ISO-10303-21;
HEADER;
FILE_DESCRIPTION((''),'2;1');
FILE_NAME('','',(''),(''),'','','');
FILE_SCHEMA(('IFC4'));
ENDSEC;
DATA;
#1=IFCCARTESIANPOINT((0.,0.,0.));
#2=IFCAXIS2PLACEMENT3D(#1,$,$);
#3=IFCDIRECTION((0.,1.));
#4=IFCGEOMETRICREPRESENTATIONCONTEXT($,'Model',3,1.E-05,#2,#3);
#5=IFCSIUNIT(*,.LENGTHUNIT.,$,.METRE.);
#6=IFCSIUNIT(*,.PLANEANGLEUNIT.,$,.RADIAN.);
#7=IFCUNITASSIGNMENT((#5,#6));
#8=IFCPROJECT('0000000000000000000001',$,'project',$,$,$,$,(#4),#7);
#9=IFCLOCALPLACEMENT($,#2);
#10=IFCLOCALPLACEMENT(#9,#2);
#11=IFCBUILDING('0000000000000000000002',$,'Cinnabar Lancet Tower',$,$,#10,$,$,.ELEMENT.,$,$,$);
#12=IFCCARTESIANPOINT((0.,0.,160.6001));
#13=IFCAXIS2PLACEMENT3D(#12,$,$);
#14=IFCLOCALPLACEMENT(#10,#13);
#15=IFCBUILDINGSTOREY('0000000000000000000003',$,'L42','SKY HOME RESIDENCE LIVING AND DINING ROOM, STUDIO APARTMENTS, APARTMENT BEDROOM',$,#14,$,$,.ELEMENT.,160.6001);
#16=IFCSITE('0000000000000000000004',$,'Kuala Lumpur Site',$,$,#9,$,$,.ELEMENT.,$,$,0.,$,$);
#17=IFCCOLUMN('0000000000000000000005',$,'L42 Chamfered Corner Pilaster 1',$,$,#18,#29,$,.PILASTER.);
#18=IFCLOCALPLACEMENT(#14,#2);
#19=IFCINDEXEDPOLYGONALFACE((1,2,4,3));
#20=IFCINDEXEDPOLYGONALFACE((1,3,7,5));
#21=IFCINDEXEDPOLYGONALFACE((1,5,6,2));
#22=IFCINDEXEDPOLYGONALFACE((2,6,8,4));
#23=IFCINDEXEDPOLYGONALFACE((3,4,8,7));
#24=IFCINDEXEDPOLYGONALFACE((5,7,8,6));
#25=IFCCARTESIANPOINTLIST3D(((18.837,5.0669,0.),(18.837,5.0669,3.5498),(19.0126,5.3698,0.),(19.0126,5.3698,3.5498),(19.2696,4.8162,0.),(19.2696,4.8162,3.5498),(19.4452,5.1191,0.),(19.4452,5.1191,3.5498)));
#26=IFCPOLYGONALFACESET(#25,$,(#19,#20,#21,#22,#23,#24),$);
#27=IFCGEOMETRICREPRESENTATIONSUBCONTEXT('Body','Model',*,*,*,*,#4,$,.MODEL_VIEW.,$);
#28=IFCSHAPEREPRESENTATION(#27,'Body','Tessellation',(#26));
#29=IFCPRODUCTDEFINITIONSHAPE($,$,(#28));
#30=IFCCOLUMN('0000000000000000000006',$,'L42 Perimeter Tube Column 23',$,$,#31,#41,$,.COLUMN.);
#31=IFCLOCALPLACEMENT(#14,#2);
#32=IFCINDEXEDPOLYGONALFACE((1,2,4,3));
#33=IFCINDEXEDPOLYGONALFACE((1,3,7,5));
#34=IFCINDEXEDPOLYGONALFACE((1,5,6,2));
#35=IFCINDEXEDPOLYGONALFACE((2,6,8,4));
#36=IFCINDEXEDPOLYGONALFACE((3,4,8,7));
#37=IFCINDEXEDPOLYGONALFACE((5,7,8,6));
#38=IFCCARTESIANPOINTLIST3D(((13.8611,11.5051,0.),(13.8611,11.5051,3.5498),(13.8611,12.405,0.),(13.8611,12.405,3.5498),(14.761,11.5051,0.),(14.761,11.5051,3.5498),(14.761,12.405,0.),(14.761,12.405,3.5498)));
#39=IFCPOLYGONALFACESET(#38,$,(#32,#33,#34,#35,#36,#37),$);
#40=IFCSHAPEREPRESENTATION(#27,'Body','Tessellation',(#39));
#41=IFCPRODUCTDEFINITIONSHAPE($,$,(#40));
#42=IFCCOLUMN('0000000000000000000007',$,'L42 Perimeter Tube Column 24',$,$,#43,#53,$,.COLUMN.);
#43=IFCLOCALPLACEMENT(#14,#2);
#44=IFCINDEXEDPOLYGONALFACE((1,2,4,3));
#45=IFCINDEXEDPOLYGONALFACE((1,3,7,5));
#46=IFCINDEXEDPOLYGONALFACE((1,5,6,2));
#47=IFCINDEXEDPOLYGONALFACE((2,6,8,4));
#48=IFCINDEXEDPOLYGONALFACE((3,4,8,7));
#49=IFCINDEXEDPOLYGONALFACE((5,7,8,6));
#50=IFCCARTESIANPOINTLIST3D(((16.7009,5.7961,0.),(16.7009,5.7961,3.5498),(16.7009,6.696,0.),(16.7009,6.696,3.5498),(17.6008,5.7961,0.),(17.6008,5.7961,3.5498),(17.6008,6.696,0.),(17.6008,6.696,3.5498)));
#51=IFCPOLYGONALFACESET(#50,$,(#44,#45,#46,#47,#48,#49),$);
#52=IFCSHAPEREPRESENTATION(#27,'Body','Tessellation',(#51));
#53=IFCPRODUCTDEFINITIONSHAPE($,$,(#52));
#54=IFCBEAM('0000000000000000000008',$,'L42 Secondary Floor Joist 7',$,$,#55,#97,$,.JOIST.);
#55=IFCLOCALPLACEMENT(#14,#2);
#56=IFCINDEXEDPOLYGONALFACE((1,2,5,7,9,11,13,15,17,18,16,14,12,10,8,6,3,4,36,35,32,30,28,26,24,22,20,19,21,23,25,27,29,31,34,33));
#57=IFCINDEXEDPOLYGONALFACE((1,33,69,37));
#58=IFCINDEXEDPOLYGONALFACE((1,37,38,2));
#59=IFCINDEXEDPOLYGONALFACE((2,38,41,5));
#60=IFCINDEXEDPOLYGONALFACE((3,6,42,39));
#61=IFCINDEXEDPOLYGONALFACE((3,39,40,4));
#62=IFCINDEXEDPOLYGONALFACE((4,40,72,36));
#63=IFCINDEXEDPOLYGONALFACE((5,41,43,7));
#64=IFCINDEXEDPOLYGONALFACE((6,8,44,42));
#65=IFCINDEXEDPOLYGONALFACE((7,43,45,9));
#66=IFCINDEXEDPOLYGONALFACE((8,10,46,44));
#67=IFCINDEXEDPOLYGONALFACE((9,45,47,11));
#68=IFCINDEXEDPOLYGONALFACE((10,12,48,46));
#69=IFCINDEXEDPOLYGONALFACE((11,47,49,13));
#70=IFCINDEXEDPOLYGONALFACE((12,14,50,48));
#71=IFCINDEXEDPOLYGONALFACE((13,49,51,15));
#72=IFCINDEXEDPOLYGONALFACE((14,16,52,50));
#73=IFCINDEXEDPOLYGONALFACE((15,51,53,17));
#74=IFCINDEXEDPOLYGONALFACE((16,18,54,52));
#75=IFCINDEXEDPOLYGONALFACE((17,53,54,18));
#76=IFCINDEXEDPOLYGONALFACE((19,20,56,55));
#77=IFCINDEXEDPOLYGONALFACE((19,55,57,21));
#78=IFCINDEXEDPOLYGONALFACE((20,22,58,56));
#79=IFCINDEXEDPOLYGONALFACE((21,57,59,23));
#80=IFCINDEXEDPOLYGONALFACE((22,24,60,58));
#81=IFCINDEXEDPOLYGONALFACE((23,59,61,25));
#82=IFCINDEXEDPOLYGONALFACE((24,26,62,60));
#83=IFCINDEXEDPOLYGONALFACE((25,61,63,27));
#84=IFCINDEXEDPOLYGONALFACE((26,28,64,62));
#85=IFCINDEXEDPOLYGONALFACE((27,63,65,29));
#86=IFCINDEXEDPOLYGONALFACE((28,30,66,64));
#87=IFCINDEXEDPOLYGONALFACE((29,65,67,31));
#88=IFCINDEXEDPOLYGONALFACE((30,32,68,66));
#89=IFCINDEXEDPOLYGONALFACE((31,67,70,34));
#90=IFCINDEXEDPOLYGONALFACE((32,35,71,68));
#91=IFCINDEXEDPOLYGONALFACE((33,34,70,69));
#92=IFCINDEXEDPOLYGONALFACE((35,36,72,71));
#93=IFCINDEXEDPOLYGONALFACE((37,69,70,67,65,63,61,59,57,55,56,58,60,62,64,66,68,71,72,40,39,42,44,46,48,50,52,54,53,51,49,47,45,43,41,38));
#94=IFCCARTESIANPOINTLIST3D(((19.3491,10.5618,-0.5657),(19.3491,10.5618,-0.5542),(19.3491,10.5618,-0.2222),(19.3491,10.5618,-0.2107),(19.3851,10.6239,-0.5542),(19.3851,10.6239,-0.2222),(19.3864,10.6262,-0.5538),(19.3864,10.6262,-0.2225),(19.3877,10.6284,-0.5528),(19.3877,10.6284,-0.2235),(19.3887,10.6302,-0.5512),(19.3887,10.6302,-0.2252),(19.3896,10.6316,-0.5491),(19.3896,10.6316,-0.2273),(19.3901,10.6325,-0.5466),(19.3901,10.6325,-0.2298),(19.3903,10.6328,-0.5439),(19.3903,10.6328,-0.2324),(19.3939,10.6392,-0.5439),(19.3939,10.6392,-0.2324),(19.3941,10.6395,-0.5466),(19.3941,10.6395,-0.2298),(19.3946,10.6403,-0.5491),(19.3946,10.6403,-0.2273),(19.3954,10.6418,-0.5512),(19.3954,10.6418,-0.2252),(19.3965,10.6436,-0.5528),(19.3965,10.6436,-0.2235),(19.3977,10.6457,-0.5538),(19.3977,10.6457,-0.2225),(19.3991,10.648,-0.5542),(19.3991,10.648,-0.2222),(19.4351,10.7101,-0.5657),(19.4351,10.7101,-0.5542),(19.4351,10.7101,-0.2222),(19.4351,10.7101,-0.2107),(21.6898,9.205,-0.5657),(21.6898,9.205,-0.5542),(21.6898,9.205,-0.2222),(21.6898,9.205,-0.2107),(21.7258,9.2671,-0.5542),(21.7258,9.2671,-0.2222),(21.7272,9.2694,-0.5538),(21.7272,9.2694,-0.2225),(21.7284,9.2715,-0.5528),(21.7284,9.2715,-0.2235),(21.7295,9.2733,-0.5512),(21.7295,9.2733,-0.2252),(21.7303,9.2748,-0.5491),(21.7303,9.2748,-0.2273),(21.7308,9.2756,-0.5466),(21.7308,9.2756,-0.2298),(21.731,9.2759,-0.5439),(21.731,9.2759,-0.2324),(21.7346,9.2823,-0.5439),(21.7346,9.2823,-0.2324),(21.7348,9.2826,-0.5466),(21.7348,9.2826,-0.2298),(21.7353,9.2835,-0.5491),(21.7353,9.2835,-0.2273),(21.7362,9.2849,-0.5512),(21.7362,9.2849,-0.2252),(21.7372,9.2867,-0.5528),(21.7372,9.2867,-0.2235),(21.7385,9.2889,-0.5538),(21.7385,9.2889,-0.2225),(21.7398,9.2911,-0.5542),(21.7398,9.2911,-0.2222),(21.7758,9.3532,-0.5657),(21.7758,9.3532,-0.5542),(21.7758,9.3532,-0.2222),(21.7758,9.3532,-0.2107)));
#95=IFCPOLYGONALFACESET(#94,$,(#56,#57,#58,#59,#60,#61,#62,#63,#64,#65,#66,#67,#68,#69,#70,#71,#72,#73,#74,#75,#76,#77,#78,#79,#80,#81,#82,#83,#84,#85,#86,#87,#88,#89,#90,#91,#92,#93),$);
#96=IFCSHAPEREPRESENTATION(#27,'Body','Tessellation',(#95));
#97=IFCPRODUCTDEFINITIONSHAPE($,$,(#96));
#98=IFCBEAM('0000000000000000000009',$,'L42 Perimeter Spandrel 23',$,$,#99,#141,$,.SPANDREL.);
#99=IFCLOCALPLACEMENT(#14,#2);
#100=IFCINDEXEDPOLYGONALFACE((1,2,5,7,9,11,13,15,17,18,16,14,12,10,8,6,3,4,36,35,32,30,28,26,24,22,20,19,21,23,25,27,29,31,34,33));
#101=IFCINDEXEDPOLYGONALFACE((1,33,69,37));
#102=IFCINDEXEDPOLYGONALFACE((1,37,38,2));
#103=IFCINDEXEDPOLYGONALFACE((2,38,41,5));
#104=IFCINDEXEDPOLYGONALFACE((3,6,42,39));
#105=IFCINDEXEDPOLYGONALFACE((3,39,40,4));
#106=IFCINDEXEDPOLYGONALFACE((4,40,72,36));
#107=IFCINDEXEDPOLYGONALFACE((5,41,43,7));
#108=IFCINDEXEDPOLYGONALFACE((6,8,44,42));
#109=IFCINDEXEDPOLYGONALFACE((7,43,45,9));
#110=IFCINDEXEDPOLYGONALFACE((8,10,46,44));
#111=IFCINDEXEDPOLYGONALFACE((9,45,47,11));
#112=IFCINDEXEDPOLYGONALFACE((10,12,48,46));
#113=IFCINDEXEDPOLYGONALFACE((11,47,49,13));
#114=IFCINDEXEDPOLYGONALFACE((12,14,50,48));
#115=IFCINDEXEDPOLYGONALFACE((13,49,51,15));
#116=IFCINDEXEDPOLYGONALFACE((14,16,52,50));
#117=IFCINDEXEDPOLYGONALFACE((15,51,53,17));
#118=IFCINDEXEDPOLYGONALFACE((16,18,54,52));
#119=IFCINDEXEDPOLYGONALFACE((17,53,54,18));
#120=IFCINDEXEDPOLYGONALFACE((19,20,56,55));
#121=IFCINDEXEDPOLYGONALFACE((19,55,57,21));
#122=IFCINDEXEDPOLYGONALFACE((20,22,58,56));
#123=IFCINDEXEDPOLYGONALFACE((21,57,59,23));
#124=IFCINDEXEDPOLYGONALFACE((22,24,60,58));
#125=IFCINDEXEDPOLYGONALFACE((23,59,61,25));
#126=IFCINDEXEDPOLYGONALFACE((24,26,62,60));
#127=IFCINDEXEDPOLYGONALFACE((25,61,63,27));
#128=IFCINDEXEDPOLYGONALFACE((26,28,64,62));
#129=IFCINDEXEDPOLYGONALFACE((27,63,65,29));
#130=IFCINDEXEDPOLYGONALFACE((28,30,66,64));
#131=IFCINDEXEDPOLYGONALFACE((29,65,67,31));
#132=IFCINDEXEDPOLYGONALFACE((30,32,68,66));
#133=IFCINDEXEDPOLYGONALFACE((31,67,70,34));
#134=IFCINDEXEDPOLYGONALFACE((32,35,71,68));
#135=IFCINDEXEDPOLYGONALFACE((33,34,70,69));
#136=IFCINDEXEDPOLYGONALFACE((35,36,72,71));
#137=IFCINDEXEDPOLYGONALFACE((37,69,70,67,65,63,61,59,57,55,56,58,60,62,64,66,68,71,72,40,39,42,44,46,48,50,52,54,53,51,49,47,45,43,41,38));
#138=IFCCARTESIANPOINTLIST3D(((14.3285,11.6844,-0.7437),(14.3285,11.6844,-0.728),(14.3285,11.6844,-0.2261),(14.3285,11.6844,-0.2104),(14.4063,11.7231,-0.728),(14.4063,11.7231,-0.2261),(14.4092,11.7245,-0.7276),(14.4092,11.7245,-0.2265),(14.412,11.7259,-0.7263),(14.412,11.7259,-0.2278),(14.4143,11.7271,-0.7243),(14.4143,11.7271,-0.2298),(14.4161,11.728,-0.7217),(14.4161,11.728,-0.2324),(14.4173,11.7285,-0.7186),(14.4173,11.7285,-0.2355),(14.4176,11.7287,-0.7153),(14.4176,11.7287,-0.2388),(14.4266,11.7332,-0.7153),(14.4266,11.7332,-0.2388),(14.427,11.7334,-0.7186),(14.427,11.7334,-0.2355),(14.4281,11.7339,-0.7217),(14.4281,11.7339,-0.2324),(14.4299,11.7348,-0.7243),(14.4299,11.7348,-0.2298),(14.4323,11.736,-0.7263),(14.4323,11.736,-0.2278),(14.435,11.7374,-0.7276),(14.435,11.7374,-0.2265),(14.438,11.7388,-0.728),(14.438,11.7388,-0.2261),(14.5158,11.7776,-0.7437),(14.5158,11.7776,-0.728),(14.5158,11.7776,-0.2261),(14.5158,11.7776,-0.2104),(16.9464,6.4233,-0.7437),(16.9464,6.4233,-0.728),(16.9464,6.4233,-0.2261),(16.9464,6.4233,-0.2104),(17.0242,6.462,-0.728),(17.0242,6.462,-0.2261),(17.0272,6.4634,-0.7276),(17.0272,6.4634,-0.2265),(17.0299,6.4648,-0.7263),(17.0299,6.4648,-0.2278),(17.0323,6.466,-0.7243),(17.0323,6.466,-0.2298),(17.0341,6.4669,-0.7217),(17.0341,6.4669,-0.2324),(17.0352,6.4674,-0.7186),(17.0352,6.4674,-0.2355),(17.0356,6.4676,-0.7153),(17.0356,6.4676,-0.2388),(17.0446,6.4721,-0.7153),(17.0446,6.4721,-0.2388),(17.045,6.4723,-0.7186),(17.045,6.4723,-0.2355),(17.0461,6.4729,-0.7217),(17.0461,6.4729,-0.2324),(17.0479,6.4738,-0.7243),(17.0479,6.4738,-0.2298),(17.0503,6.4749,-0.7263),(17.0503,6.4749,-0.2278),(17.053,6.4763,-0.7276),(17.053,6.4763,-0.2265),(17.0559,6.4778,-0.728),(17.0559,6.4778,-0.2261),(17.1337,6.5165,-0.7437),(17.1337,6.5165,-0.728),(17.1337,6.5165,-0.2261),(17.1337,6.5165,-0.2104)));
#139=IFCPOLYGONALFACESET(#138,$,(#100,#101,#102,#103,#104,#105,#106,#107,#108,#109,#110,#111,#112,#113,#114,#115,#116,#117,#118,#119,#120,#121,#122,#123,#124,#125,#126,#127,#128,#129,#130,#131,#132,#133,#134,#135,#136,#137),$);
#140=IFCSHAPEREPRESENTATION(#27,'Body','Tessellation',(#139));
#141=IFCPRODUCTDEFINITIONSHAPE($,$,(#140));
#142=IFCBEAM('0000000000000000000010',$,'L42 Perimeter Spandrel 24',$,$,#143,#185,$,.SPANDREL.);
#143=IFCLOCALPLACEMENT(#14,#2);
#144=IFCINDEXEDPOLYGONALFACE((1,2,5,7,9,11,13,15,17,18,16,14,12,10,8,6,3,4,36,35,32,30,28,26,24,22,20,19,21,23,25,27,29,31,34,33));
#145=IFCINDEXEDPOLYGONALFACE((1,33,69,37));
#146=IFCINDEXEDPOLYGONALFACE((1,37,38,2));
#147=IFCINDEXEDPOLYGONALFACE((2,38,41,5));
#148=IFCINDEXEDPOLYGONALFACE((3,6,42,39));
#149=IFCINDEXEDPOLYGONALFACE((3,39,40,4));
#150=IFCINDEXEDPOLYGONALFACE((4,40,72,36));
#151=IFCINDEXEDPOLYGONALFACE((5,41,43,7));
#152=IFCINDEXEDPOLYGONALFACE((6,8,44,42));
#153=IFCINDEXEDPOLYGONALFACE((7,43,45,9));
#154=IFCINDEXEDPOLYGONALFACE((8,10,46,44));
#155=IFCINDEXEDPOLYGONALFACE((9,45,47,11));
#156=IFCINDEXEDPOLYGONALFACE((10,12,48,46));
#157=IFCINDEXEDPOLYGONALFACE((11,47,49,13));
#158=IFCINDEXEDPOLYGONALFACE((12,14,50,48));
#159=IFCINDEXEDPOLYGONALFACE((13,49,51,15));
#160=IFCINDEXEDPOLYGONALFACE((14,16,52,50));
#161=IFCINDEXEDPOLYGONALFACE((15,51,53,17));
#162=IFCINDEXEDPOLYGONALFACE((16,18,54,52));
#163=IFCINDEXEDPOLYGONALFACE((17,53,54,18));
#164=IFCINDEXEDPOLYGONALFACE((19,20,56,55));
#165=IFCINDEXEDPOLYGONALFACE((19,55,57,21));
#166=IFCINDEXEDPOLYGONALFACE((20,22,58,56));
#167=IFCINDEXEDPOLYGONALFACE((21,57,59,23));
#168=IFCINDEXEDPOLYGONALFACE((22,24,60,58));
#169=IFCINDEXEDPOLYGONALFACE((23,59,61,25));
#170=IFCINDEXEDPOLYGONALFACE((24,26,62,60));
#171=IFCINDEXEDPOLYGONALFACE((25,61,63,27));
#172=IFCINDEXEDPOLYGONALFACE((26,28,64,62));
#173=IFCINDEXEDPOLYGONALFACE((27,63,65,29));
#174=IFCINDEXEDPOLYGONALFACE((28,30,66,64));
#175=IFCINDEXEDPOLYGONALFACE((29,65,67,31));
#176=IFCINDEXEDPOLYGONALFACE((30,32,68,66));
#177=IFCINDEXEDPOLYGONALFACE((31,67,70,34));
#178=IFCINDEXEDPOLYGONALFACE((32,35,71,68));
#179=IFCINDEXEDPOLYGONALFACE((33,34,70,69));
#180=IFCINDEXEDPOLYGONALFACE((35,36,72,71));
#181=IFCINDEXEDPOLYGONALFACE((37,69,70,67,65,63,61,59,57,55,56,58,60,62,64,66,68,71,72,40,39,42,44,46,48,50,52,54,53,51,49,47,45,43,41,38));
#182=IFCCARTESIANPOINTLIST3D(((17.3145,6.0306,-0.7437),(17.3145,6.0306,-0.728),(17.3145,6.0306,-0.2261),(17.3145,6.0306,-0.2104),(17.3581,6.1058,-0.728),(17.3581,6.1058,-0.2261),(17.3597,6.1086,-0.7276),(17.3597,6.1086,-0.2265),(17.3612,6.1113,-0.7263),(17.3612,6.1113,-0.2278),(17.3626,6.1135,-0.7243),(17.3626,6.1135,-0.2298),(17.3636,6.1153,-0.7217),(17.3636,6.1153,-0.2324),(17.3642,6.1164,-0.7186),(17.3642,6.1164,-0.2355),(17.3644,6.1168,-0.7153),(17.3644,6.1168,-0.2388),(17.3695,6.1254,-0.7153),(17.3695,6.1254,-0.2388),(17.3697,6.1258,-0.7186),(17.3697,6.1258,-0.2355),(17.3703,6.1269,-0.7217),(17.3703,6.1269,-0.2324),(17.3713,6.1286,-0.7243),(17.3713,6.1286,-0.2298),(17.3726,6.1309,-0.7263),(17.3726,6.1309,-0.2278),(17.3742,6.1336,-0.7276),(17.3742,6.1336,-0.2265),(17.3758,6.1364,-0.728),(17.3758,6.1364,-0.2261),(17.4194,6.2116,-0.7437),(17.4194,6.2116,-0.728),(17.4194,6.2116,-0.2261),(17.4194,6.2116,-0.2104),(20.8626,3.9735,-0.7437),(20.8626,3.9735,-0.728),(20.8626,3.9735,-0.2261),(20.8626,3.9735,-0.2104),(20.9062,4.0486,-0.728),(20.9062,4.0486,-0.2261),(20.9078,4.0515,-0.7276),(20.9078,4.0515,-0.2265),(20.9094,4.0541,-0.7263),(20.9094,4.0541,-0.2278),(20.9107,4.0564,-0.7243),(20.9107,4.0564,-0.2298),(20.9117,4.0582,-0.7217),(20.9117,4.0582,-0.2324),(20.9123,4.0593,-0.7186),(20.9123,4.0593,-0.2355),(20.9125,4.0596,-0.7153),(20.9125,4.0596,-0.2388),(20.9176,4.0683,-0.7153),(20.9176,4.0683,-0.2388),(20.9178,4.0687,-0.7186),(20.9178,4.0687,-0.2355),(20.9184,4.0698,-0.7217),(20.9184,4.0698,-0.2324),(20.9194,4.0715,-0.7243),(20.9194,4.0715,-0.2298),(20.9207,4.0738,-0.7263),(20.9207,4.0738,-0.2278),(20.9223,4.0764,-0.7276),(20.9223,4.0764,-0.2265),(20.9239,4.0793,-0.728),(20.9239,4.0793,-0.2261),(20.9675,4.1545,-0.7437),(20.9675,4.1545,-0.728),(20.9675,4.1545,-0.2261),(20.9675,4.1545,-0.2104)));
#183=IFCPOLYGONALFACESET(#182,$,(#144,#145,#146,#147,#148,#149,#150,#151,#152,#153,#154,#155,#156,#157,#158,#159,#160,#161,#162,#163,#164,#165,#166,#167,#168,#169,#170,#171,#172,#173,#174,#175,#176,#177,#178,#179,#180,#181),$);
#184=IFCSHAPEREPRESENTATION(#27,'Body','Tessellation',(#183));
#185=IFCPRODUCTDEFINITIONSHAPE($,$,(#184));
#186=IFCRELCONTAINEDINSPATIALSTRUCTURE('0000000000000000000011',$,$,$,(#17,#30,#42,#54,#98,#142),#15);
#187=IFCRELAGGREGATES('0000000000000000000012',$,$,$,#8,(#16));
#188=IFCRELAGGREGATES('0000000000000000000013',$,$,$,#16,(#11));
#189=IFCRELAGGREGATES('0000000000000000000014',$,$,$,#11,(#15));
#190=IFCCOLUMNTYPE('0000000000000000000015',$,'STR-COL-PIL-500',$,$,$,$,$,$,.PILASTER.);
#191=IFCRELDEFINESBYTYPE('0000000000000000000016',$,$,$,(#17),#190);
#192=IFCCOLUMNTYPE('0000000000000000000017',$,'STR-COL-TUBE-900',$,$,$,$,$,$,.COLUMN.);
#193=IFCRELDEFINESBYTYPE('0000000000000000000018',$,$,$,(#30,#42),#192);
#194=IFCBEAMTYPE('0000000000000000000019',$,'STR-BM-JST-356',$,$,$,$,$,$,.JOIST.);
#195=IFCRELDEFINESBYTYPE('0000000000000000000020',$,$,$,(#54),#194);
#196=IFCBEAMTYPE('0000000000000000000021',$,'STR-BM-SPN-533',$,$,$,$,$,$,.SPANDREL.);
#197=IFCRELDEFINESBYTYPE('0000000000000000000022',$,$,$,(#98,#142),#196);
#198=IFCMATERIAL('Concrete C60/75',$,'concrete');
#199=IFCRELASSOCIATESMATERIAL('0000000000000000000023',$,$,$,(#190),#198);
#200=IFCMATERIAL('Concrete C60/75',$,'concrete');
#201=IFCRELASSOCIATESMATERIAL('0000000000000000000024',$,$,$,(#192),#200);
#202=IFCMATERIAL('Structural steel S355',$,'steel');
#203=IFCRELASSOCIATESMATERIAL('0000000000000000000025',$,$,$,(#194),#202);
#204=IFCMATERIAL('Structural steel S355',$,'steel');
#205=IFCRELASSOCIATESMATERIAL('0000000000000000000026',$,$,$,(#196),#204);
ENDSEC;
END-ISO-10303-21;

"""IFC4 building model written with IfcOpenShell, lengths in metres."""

from ifc_helpers import new_model, si_unit, direction, frame, origin, origin_2d, place, context, subcontext, project, spatial, rectangle, i_section, extrude, material, material_profile, profile_set, type_object, element, save


model = new_model("IFC4")

# Units and contexts
model_context = context("Model", 3, precision=1e-05, world=origin(), true_north=direction((0.0, 1.0)))
body_context = subcontext(model_context, "Body", "Model", "MODEL_VIEW")
ifc_project = project(units=[si_unit("LENGTHUNIT", "METRE"), si_unit("PLANEANGLEUNIT", "RADIAN")], contexts=[model_context])

# Site, building, storey
site_placement = place(None, origin())
site = spatial("IfcSite", under=ifc_project, at=site_placement, Name="Kuala Lumpur Site", CompositionType="ELEMENT", RefElevation=0.0)
building_placement = place(site_placement, origin())
building = spatial("IfcBuilding", under=site, at=building_placement, Name="Cinnabar Lancet Tower", CompositionType="ELEMENT")
storey_placement = place(building_placement, frame((0.0, 0.0, 160.6001)))
storey = spatial("IfcBuildingStorey", under=building, at=storey_placement, Name="L42", Description="SKY HOME RESIDENCE LIVING AND DINING ROOM, STUDIO APARTMENTS, APARTMENT BEDROOM", CompositionType="ELEMENT", Elevation=160.6001)

# Columns
ifc_material_1 = material(Name="Concrete C60/75", Category="concrete")
ifc_material_profile_1 = material_profile(ifc_material_1, rectangle(XDim=0.5, YDim=0.3501, at=origin_2d()), Name="RC-PIL 500x350")
ifc_profile_set_1 = profile_set([ifc_material_profile_1], Name="Concrete C60/75")
column_type_1 = type_object("IfcColumnType", Name="STR-COL-PIL-500", PredefinedType="PILASTER", material=ifc_profile_set_1)
column_placement = place(storey_placement, frame((19.1411, 5.093, 0.0), z_axis=(0.0, 0.0, 1.0), x_axis=(0.86516, -0.501496, 0.0)))
element("IfcColumn", 1, at=column_placement, inside=storey, type_object=column_type_1, Name="L42 Chamfered Corner Pilaster 1", PredefinedType="PILASTER", context=body_context, shape_type="SweptSolid", body=[
    extrude(rectangle(XDim=0.5, YDim=0.3501, at=origin_2d()), origin(), (0.0, 0.0, 1.0), 3.5498),
])
ifc_material_2 = material(Name="Concrete C60/75", Category="concrete")
ifc_material_profile_2 = material_profile(ifc_material_2, rectangle(XDim=0.8999, YDim=0.8999, at=origin_2d()), Name="RC-COL 900x900")
ifc_profile_set_2 = profile_set([ifc_material_profile_2], Name="Concrete C60/75")
column_type_2 = type_object("IfcColumnType", Name="STR-COL-TUBE-900", PredefinedType="COLUMN", material=ifc_profile_set_2)
for number, where, z_axis, x_axis, name in (
    (2, (14.311, 11.9551, 0.0), (0.0, 0.0, 1.0), (1.0, 0.0, 0.0), "L42 Perimeter Tube Column 23"),
    (3, (17.1509, 6.2461, 0.0), (0.0, 0.0, 1.0), (1.0, 0.0, 0.0), "L42 Perimeter Tube Column 24"),
):
    element("IfcColumn", number, at=place(storey_placement, frame(where, z_axis=z_axis, x_axis=x_axis)), inside=storey, type_object=column_type_2, Name=name, PredefinedType="COLUMN", context=body_context, shape_type="SweptSolid", body=[
        extrude(rectangle(XDim=0.8999, YDim=0.8999, at=origin_2d()), origin(), (0.0, 0.0, 1.0), 3.5498),
    ])

# Beams
ifc_material_3 = material(Name="Structural steel S355", Category="steel")
ifc_material_profile_3 = material_profile(ifc_material_3, i_section(OverallWidth=0.1714, OverallDepth=0.355, WebThickness=0.0073, FlangeThickness=0.0115, FilletRadius=0.0103, at=origin_2d()), Name="UKB 356x171x51")
ifc_profile_set_3 = profile_set([ifc_material_profile_3], Name="Structural steel S355")
beam_type_1 = type_object("IfcBeamType", Name="STR-BM-JST-356", PredefinedType="JOIST", material=ifc_profile_set_3)
beam_1_placement = place(storey_placement, frame((19.3921, 10.636, -0.3882), z_axis=(0.86515, -0.501513, 0.0), x_axis=(0.501513, 0.86515, 0.0)))
element("IfcBeam", 4, at=beam_1_placement, inside=storey, type_object=beam_type_1, Name="L42 Secondary Floor Joist 7", PredefinedType="JOIST", context=body_context, shape_type="SweptSolid", body=[
    extrude(i_section(OverallWidth=0.1714, OverallDepth=0.355, WebThickness=0.0073, FlangeThickness=0.0115, FilletRadius=0.0103, at=origin_2d()), origin(), (0.0, 0.0, 1.0), 2.7056),
])
ifc_material_4 = material(Name="Structural steel S355", Category="steel")
ifc_material_profile_4 = material_profile(ifc_material_4, i_section(OverallWidth=0.2092, OverallDepth=0.5332, WebThickness=0.01, FlangeThickness=0.0156, FilletRadius=0.0127, at=origin_2d()), Name="UKB 533x210x92")
ifc_profile_set_4 = profile_set([ifc_material_profile_4], Name="Structural steel S355")
beam_type_2 = type_object("IfcBeamType", Name="STR-BM-SPN-533", PredefinedType="SPANDREL", material=ifc_profile_set_4)
beam_2_placement = place(storey_placement, frame((14.4221, 11.731, -0.4771), z_axis=(0.445501, -0.895281, 0.0), x_axis=(0.895281, 0.445501, 0.0)))
element("IfcBeam", 5, at=beam_2_placement, inside=storey, type_object=beam_type_2, Name="L42 Perimeter Spandrel 23", PredefinedType="SPANDREL", context=body_context, shape_type="SweptSolid", body=[
    extrude(i_section(OverallWidth=0.2092, OverallDepth=0.5332, WebThickness=0.01, FlangeThickness=0.0156, FilletRadius=0.0127, at=origin_2d()), origin(), (0.0, 0.0, 1.0), 5.8765),
])
beam_3_placement = place(storey_placement, frame((17.3669, 6.1211, -0.4771), z_axis=(0.865112, -0.501578, 0.0), x_axis=(0.501578, 0.865112, 0.0)))
element("IfcBeam", 6, at=beam_3_placement, inside=storey, type_object=beam_type_2, Name="L42 Perimeter Spandrel 24", PredefinedType="SPANDREL", context=body_context, shape_type="SweptSolid", body=[
    extrude(i_section(OverallWidth=0.2092, OverallDepth=0.5332, WebThickness=0.01, FlangeThickness=0.0156, FilletRadius=0.0127, at=origin_2d()), origin(), (0.0, 0.0, 1.0), 4.1013),
])

save(model, "model.ifc")
